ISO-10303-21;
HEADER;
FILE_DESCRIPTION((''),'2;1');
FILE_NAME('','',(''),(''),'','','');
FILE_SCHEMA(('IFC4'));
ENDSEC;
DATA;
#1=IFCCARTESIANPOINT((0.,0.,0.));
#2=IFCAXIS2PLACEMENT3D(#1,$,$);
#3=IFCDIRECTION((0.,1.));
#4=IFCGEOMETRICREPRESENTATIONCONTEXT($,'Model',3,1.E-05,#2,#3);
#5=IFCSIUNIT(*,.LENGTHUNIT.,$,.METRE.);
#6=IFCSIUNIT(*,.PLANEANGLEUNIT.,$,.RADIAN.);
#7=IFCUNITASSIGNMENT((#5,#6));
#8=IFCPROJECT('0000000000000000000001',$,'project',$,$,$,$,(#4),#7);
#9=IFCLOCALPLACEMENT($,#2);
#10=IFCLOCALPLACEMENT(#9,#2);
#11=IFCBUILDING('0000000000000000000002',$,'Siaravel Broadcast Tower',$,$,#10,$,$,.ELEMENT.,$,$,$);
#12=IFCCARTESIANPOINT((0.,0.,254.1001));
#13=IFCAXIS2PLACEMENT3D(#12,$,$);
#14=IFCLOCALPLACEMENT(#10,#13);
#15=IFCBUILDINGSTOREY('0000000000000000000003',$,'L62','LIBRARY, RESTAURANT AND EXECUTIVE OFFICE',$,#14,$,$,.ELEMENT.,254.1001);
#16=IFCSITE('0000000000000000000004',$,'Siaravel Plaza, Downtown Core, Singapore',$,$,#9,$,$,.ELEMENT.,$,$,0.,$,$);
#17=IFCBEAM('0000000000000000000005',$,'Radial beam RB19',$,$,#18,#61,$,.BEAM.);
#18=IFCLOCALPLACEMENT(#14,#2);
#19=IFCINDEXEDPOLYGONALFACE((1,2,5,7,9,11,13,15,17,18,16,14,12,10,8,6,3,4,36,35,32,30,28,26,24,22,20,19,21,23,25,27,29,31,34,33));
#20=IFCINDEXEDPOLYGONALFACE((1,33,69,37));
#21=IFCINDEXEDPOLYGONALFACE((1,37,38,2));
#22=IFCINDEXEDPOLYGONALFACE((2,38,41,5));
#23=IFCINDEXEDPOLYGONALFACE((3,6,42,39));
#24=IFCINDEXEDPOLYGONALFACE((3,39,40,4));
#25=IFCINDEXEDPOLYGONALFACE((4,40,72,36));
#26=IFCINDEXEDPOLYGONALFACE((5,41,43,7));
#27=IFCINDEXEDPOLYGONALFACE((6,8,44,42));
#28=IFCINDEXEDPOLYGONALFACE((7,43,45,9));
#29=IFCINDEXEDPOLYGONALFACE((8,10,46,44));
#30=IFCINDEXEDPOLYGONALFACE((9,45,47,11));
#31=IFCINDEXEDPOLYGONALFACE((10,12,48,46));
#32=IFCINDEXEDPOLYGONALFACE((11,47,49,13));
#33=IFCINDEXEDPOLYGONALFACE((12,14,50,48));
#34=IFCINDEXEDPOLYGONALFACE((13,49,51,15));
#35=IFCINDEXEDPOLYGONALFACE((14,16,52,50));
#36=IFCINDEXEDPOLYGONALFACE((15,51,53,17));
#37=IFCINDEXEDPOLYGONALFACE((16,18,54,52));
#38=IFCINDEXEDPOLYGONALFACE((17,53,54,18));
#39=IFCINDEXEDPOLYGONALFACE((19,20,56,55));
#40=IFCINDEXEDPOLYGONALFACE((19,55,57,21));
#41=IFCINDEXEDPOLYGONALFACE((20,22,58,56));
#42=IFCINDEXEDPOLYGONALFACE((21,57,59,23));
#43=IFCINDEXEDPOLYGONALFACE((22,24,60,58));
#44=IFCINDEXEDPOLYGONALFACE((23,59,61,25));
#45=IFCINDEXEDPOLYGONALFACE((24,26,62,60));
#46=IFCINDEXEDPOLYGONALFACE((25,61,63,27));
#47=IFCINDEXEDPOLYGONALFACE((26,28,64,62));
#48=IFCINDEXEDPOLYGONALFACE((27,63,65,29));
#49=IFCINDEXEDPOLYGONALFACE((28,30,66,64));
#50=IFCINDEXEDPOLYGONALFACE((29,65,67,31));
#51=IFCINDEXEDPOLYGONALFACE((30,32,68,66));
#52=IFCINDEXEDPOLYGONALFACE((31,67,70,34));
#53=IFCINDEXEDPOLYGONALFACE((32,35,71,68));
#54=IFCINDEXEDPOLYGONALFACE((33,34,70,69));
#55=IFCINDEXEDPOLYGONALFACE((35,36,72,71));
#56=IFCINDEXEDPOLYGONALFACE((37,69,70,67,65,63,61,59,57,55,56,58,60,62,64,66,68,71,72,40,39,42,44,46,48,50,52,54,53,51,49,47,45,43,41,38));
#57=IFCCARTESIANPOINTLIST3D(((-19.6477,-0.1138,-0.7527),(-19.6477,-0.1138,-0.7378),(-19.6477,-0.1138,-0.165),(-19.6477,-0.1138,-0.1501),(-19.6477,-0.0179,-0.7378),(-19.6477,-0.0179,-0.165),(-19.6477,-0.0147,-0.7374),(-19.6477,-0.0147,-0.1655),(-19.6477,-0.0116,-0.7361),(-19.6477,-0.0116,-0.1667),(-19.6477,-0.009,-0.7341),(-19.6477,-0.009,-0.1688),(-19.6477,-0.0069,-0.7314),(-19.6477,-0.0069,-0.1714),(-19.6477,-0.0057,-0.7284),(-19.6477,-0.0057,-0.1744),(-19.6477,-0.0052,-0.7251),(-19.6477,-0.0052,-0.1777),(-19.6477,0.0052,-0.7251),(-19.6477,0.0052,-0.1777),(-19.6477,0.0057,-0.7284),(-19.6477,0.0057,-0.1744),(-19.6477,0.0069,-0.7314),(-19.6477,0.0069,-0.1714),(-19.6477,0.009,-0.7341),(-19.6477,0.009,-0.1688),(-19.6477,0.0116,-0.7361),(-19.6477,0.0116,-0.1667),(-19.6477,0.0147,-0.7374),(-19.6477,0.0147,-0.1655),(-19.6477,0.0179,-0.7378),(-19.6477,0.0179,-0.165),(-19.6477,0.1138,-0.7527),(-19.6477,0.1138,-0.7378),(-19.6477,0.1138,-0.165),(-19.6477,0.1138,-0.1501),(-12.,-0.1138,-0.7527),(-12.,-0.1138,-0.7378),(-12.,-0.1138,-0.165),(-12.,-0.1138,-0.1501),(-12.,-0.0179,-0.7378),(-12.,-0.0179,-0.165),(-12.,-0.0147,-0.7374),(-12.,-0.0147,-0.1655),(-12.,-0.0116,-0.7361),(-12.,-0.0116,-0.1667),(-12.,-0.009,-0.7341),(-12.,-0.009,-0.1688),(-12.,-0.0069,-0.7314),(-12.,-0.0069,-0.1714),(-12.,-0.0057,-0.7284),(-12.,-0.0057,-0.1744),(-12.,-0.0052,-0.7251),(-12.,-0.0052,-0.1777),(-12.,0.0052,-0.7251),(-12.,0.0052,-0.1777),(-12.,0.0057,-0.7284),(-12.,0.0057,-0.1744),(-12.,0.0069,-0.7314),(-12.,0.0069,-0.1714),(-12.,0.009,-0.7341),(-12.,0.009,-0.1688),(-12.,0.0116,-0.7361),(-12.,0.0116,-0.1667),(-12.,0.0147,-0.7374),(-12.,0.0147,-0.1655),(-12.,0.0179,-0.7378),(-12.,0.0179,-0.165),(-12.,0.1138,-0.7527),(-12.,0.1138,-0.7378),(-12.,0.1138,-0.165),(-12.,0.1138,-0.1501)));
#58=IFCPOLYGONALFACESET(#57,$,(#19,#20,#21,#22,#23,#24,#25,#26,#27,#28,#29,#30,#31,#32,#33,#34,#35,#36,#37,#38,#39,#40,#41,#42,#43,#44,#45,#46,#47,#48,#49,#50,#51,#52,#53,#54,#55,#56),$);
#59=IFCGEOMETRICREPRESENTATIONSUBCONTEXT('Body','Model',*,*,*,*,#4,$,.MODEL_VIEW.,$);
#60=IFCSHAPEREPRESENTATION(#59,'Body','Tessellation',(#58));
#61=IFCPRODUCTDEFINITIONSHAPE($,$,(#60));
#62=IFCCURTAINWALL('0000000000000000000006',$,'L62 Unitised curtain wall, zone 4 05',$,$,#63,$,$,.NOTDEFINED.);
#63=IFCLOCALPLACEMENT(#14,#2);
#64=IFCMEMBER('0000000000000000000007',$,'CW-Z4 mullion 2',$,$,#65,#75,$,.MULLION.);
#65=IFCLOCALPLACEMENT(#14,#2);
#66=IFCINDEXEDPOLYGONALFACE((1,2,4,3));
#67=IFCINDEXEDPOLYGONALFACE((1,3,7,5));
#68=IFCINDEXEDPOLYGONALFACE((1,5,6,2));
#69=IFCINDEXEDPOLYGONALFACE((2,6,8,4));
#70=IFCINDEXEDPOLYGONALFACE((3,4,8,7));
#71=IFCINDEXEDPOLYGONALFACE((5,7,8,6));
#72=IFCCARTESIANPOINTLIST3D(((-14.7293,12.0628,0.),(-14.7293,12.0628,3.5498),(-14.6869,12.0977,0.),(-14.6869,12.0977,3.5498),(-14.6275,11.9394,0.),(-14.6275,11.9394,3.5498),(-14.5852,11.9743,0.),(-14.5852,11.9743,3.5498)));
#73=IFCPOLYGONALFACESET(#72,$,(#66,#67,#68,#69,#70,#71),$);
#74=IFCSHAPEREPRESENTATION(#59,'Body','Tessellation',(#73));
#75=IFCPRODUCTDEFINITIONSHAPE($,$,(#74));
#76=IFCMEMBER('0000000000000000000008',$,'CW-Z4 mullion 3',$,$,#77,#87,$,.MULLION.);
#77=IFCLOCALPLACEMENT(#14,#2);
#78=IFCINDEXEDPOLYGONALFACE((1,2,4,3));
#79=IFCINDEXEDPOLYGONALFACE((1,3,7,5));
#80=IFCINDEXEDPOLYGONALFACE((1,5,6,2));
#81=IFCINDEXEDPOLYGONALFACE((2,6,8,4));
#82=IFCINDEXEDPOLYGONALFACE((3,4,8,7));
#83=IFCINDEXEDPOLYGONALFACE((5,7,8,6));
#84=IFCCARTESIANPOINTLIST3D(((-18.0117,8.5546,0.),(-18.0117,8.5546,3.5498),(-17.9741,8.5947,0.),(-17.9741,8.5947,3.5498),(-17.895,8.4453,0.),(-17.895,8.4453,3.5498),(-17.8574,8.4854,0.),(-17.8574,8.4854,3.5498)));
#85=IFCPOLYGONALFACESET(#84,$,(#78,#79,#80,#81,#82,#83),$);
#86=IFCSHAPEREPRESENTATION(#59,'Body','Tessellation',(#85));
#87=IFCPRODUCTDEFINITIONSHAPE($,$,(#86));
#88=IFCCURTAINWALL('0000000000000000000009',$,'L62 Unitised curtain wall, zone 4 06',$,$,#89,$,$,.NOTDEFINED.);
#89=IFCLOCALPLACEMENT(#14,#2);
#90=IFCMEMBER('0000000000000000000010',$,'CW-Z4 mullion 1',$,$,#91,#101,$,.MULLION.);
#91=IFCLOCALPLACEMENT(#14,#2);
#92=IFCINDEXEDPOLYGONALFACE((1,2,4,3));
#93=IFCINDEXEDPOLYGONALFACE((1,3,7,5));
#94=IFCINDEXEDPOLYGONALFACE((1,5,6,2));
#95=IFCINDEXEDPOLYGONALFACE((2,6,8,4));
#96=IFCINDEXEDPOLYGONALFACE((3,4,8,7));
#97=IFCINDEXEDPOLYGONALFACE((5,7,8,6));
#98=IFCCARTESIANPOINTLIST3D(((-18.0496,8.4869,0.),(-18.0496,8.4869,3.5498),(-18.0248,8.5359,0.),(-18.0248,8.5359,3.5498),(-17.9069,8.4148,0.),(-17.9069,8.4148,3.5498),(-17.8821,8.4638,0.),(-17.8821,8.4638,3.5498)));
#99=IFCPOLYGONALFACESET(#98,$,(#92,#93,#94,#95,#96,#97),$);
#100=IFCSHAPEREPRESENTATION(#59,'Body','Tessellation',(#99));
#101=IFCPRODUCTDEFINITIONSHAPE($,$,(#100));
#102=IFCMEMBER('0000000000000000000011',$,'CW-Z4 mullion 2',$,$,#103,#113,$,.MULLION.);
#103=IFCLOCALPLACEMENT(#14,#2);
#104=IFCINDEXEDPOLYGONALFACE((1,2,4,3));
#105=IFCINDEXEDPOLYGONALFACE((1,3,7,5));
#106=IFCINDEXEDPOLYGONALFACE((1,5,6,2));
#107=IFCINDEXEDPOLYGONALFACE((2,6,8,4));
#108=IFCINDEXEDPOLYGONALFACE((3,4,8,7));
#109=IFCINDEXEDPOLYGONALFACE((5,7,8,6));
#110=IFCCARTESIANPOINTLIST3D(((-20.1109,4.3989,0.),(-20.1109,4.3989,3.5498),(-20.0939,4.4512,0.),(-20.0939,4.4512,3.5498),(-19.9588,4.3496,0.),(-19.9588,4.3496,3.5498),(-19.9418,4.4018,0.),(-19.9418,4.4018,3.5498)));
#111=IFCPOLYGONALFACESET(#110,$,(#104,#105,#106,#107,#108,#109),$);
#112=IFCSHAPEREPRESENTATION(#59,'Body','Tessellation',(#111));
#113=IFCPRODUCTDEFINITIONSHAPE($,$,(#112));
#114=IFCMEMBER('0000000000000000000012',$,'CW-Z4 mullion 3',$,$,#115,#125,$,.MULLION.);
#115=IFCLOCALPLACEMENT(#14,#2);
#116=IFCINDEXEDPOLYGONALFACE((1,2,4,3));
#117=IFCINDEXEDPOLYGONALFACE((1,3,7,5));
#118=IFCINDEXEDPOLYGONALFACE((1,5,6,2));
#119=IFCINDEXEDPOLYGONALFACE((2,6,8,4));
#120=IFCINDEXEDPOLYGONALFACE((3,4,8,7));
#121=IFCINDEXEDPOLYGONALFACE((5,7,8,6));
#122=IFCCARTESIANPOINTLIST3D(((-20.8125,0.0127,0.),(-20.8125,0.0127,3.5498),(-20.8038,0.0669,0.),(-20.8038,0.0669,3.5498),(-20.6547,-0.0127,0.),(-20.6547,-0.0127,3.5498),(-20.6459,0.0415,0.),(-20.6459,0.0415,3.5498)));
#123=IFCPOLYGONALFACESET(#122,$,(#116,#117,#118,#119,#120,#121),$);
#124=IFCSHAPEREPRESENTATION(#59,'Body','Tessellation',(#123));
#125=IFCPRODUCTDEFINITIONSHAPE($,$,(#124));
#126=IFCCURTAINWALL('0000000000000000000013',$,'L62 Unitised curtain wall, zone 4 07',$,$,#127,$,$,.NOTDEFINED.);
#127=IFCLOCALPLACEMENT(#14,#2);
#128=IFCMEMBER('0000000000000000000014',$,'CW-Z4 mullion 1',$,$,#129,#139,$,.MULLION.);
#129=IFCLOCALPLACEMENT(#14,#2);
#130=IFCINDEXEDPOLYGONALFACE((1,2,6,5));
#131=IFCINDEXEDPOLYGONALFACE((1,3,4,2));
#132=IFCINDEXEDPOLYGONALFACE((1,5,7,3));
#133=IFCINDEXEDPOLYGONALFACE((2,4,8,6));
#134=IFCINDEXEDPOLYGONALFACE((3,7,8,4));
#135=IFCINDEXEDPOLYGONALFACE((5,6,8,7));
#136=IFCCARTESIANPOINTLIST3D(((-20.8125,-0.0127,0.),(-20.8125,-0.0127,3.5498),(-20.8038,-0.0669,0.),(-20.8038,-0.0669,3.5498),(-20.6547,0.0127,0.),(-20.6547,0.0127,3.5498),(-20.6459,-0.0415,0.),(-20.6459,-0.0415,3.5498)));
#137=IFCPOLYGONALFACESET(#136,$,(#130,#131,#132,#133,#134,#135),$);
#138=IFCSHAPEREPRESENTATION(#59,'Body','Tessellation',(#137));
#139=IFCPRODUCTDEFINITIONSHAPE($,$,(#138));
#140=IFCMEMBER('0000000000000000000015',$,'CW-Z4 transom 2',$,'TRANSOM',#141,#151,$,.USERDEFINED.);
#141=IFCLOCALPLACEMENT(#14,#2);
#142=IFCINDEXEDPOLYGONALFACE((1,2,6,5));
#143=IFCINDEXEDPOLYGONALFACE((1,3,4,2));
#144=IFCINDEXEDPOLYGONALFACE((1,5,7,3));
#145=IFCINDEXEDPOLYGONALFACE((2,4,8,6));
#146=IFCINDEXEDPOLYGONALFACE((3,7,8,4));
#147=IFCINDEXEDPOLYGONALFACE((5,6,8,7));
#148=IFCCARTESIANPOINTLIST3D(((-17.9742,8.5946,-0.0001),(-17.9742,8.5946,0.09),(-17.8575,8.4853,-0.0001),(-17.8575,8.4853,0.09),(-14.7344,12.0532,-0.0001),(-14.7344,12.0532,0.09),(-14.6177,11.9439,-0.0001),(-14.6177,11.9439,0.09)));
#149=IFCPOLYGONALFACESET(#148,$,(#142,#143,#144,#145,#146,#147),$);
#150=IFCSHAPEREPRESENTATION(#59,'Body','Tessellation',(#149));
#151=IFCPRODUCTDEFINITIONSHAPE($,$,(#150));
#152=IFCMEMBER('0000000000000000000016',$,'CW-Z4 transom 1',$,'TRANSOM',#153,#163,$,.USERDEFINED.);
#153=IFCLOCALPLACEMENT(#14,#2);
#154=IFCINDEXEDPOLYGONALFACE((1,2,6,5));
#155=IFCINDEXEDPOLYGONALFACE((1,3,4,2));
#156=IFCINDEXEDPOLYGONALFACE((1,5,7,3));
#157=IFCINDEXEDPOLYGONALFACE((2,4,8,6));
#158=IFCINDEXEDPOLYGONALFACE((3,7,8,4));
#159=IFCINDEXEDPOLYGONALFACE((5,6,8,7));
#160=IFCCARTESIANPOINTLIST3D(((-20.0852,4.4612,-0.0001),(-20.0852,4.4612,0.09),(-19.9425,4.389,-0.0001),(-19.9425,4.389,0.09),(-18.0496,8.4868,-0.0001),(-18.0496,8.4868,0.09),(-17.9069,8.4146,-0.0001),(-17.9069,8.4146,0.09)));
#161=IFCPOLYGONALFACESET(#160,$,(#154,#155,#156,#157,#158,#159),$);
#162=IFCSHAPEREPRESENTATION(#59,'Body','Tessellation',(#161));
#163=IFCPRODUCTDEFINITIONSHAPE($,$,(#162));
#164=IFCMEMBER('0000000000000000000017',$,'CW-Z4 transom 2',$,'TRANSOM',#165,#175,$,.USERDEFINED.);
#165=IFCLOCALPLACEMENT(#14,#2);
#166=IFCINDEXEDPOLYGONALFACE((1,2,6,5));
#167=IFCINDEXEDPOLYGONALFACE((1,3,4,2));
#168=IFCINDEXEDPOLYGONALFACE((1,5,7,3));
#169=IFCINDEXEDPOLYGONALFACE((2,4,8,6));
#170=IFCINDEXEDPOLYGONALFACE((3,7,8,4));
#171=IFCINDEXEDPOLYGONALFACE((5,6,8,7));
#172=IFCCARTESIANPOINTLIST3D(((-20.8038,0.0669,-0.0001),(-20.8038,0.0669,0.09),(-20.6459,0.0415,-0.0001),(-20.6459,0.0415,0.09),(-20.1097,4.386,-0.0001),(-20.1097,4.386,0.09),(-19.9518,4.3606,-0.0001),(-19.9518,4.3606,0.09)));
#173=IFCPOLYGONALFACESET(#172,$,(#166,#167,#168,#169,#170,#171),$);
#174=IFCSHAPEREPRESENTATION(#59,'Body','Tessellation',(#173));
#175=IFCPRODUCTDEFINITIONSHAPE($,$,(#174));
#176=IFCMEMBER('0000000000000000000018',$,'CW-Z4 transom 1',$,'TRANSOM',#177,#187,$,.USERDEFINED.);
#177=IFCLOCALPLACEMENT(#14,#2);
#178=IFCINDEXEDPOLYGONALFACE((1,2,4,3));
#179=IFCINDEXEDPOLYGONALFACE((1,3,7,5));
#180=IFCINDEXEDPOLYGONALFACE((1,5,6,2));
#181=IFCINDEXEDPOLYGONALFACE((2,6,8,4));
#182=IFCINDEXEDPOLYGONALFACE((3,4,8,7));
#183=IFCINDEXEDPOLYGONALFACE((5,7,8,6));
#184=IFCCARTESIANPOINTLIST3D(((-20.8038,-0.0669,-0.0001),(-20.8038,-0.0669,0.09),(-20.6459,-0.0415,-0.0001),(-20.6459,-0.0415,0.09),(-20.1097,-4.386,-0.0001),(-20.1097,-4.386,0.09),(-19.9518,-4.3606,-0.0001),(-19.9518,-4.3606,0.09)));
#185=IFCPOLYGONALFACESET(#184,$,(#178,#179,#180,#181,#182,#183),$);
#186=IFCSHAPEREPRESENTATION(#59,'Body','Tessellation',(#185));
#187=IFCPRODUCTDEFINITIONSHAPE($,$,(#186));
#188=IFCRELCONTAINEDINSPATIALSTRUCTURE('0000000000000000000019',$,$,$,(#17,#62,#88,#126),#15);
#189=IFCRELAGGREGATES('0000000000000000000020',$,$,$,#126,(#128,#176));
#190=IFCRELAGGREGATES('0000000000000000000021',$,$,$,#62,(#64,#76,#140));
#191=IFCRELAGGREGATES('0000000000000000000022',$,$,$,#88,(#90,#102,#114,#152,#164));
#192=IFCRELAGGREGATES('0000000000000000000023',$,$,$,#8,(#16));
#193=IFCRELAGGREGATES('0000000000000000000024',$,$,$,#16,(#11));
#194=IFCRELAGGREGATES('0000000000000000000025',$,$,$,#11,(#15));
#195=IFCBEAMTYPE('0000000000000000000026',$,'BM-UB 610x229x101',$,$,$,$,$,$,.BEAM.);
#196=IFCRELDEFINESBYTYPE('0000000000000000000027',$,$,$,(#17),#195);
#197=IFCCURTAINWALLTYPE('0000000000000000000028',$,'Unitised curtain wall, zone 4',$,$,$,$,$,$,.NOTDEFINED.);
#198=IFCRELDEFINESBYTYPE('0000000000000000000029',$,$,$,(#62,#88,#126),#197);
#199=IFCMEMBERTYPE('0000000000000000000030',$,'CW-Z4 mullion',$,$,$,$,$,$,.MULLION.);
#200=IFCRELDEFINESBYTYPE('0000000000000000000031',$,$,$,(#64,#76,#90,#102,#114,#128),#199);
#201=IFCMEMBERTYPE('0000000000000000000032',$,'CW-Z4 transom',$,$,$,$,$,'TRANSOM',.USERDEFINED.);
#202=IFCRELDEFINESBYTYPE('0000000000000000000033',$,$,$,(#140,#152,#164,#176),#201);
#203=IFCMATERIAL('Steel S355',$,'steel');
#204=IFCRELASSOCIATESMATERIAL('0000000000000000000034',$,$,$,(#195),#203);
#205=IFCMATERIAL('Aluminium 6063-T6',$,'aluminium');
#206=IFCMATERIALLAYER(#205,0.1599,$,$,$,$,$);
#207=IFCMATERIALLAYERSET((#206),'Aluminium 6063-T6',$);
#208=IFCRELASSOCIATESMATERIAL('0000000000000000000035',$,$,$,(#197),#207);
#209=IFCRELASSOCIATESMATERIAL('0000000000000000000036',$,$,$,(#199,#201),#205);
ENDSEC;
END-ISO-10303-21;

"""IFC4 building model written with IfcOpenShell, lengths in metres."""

from ifc_helpers import new_model, si_unit, direction, frame, origin, origin_2d, place, context, subcontext, project, spatial, rectangle, i_section, extrude, material, layer, layer_set, material_profile, profile_set, type_object, element, aggregate, save


model = new_model("IFC4")

# Units and contexts
model_context = context("Model", 3, precision=1e-05, world=origin(), true_north=direction((0.0, 1.0)))
body_context = subcontext(model_context, "Body", "Model", "MODEL_VIEW")
ifc_project = project(units=[si_unit("LENGTHUNIT", "METRE"), si_unit("PLANEANGLEUNIT", "RADIAN")], contexts=[model_context])

# Site, building, storey
site_placement = place(None, origin())
site = spatial("IfcSite", under=ifc_project, at=site_placement, Name="Siaravel Plaza, Downtown Core, Singapore", CompositionType="ELEMENT", RefElevation=0.0)
building_placement = place(site_placement, origin())
building = spatial("IfcBuilding", under=site, at=building_placement, Name="Siaravel Broadcast Tower", CompositionType="ELEMENT")
storey_placement = place(building_placement, frame((0.0, 0.0, 254.1001)))
storey = spatial("IfcBuildingStorey", under=building, at=storey_placement, Name="L62", Description="LIBRARY, RESTAURANT AND EXECUTIVE OFFICE", CompositionType="ELEMENT", Elevation=254.1001)

# Beam
ifc_material_1 = material(Name="Steel S355", Category="steel")
ifc_material_profile_1 = material_profile(ifc_material_1, i_section(OverallWidth=0.2275, OverallDepth=0.6025, WebThickness=0.0105, FlangeThickness=0.0149, FilletRadius=0.0127, at=origin_2d()))
ifc_profile_set_1 = profile_set([ifc_material_profile_1], Name="Steel S355")
beam_type = type_object("IfcBeamType", Name="BM-UB 610x229x101", PredefinedType="BEAM", material=ifc_profile_set_1)
beam_1_placement = place(storey_placement, frame((-19.6477, 0.0, -0.4514), z_axis=(1.0, 0.0, 0.0), x_axis=(0.0, 1.0, 0.0)))
element("IfcBeam", 1, at=beam_1_placement, inside=storey, type_object=beam_type, Name="Radial beam RB19", PredefinedType="BEAM", context=body_context, shape_type="SweptSolid", body=[
    extrude(i_section(OverallWidth=0.2275, OverallDepth=0.6025, WebThickness=0.0105, FlangeThickness=0.0149, FilletRadius=0.0127, at=origin_2d()), origin(), (0.0, 0.0, 1.0), 7.6477),
])

# Curtain walls, members
ifc_material_2 = material(Name="Aluminium 6063-T6", Category="aluminium")
ifc_layer_1 = layer(ifc_material_2, 0.1599)
ifc_layer_set_1 = layer_set([ifc_layer_1], Name="Aluminium 6063-T6")
curtain_wall_type = type_object("IfcCurtainWallType", Name="Unitised curtain wall, zone 4", PredefinedType="NOTDEFINED", material=ifc_layer_set_1)
curtain_wall_1_placement = place(storey_placement, origin())
curtain_wall_1 = element("IfcCurtainWall", 2, at=curtain_wall_1_placement, inside=storey, type_object=curtain_wall_type, Name="L62 Unitised curtain wall, zone 4 05", PredefinedType="NOTDEFINED")
ifc_material_profile_2 = material_profile(ifc_material_2, rectangle(XDim=0.1599, YDim=0.0549, at=origin_2d()))
ifc_profile_set_2 = profile_set([ifc_material_profile_2], Name="Aluminium 6063-T6")
member_type_1 = type_object("IfcMemberType", Name="CW-Z4 mullion", PredefinedType="MULLION", material=ifc_profile_set_2)
member_1_placement = place(storey_placement, frame((-14.6572, 12.0186, 0.0), z_axis=(0.0, 0.0, 1.0), x_axis=(0.63622, -0.771508, 0.0)))
member_1 = element("IfcMember", 3, at=member_1_placement, type_object=member_type_1, Name="CW-Z4 mullion 2", PredefinedType="MULLION", context=body_context, shape_type="SweptSolid", body=[
    extrude(rectangle(XDim=0.1599, YDim=0.0549, at=origin_2d()), origin(), (0.0, 0.0, 1.0), 3.5498),
])
member_2_placement = place(storey_placement, frame((-17.9346, 8.52, 0.0), z_axis=(0.0, 0.0, 1.0), x_axis=(0.729807, -0.683654, 0.0)))
member_2 = element("IfcMember", 4, at=member_2_placement, type_object=member_type_1, Name="CW-Z4 mullion 3", PredefinedType="MULLION", context=body_context, shape_type="SweptSolid", body=[
    extrude(rectangle(XDim=0.1599, YDim=0.0549, at=origin_2d()), origin(), (0.0, 0.0, 1.0), 3.5498),
])
curtain_wall_2_placement = place(storey_placement, origin())
curtain_wall_2 = element("IfcCurtainWall", 5, at=curtain_wall_2_placement, inside=storey, type_object=curtain_wall_type, Name="L62 Unitised curtain wall, zone 4 06", PredefinedType="NOTDEFINED")
member_3_placement = place(storey_placement, frame((-17.9658, 8.4753, 0.0), z_axis=(0.0, 0.0, 1.0), x_axis=(0.892393, -0.451259, 0.0)))
member_3 = element("IfcMember", 6, at=member_3_placement, type_object=member_type_1, Name="CW-Z4 mullion 1", PredefinedType="MULLION", context=body_context, shape_type="SweptSolid", body=[
    extrude(rectangle(XDim=0.1599, YDim=0.0549, at=origin_2d()), origin(), (0.0, 0.0, 1.0), 3.5498),
])
member_4_placement = place(storey_placement, frame((-20.0264, 4.4004, 0.0), z_axis=(0.0, 0.0, 1.0), x_axis=(0.951178, -0.308644, 0.0)))
member_4 = element("IfcMember", 7, at=member_4_placement, type_object=member_type_1, Name="CW-Z4 mullion 2", PredefinedType="MULLION", context=body_context, shape_type="SweptSolid", body=[
    extrude(rectangle(XDim=0.1599, YDim=0.0549, at=origin_2d()), origin(), (0.0, 0.0, 1.0), 3.5498),
])
member_5_placement = place(storey_placement, frame((-20.7292, 0.0271, 0.0), z_axis=(0.0, 0.0, 1.0), x_axis=(0.987329, -0.158685, 0.0)))
member_5 = element("IfcMember", 8, at=member_5_placement, type_object=member_type_1, Name="CW-Z4 mullion 3", PredefinedType="MULLION", context=body_context, shape_type="SweptSolid", body=[
    extrude(rectangle(XDim=0.1599, YDim=0.0549, at=origin_2d()), origin(), (0.0, 0.0, 1.0), 3.5498),
])

# Curtain wall, member
curtain_wall_3_placement = place(storey_placement, origin())
curtain_wall_3 = element("IfcCurtainWall", 9, at=curtain_wall_3_placement, inside=storey, type_object=curtain_wall_type, Name="L62 Unitised curtain wall, zone 4 07", PredefinedType="NOTDEFINED")
member_6_placement = place(storey_placement, frame((-20.7292, -0.0271, 0.0), z_axis=(0.0, 0.0, 1.0), x_axis=(0.987329, 0.158685, 0.0)))
member_6 = element("IfcMember", 10, at=member_6_placement, type_object=member_type_1, Name="CW-Z4 mullion 1", PredefinedType="MULLION", context=body_context, shape_type="SweptSolid", body=[
    extrude(rectangle(XDim=0.1599, YDim=0.0549, at=origin_2d()), origin(), (0.0, 0.0, 1.0), 3.5498),
])

# Members
ifc_material_profile_3 = material_profile(ifc_material_2, rectangle(XDim=0.1599, YDim=0.0901, at=origin_2d()))
ifc_profile_set_3 = profile_set([ifc_material_profile_3], Name="Aluminium 6063-T6")
member_type_2 = type_object("IfcMemberType", Name="CW-Z4 transom", ElementType="TRANSOM", PredefinedType="USERDEFINED", material=ifc_profile_set_3)
member_7_placement = place(storey_placement, frame((-14.676, 11.9985, 0.0449), z_axis=(-0.68365, -0.72981, 0.0), x_axis=(0.72981, -0.68365, 0.0)))
member_7 = element("IfcMember", 11, at=member_7_placement, type_object=member_type_2, Name="CW-Z4 transom 2", ObjectType="TRANSOM", PredefinedType="USERDEFINED", context=body_context, shape_type="SweptSolid", body=[
    extrude(rectangle(XDim=0.1599, YDim=0.0901, at=origin_2d()), origin(), (0.0, 0.0, 1.0), 4.739),
])
member_8_placement = place(storey_placement, frame((-17.9783, 8.4507, 0.0449), z_axis=(-0.451257, -0.892394, 0.0), x_axis=(0.892394, -0.451257, 0.0)))
member_8 = element("IfcMember", 12, at=member_8_placement, type_object=member_type_2, Name="CW-Z4 transom 1", ObjectType="TRANSOM", PredefinedType="USERDEFINED", context=body_context, shape_type="SweptSolid", body=[
    extrude(rectangle(XDim=0.1599, YDim=0.0901, at=origin_2d()), origin(), (0.0, 0.0, 1.0), 4.511),
])
member_9_placement = place(storey_placement, frame((-20.0308, 4.3733, 0.0449), z_axis=(-0.158667, -0.987332, 0.0), x_axis=(0.987332, -0.158667, 0.0)))
member_9 = element("IfcMember", 13, at=member_9_placement, type_object=member_type_2, Name="CW-Z4 transom 2", ObjectType="TRANSOM", PredefinedType="USERDEFINED", context=body_context, shape_type="SweptSolid", body=[
    extrude(rectangle(XDim=0.1599, YDim=0.0901, at=origin_2d()), origin(), (0.0, 0.0, 1.0), 4.3745),
])
member_10_placement = place(storey_placement, frame((-20.7249, -0.0542, 0.0449), z_axis=(0.158667, -0.987332, 0.0), x_axis=(0.987332, 0.158667, 0.0)))
member_10 = element("IfcMember", 14, at=member_10_placement, type_object=member_type_2, Name="CW-Z4 transom 1", ObjectType="TRANSOM", PredefinedType="USERDEFINED", context=body_context, shape_type="SweptSolid", body=[
    extrude(rectangle(XDim=0.1599, YDim=0.0901, at=origin_2d()), origin(), (0.0, 0.0, 1.0), 4.3745),
])
aggregate(curtain_wall_3, [member_6, member_10])

aggregate(curtain_wall_1, [member_1, member_2, member_7])
aggregate(curtain_wall_2, [member_3, member_4, member_5, member_8, member_9])

save(model, "model.ifc")
